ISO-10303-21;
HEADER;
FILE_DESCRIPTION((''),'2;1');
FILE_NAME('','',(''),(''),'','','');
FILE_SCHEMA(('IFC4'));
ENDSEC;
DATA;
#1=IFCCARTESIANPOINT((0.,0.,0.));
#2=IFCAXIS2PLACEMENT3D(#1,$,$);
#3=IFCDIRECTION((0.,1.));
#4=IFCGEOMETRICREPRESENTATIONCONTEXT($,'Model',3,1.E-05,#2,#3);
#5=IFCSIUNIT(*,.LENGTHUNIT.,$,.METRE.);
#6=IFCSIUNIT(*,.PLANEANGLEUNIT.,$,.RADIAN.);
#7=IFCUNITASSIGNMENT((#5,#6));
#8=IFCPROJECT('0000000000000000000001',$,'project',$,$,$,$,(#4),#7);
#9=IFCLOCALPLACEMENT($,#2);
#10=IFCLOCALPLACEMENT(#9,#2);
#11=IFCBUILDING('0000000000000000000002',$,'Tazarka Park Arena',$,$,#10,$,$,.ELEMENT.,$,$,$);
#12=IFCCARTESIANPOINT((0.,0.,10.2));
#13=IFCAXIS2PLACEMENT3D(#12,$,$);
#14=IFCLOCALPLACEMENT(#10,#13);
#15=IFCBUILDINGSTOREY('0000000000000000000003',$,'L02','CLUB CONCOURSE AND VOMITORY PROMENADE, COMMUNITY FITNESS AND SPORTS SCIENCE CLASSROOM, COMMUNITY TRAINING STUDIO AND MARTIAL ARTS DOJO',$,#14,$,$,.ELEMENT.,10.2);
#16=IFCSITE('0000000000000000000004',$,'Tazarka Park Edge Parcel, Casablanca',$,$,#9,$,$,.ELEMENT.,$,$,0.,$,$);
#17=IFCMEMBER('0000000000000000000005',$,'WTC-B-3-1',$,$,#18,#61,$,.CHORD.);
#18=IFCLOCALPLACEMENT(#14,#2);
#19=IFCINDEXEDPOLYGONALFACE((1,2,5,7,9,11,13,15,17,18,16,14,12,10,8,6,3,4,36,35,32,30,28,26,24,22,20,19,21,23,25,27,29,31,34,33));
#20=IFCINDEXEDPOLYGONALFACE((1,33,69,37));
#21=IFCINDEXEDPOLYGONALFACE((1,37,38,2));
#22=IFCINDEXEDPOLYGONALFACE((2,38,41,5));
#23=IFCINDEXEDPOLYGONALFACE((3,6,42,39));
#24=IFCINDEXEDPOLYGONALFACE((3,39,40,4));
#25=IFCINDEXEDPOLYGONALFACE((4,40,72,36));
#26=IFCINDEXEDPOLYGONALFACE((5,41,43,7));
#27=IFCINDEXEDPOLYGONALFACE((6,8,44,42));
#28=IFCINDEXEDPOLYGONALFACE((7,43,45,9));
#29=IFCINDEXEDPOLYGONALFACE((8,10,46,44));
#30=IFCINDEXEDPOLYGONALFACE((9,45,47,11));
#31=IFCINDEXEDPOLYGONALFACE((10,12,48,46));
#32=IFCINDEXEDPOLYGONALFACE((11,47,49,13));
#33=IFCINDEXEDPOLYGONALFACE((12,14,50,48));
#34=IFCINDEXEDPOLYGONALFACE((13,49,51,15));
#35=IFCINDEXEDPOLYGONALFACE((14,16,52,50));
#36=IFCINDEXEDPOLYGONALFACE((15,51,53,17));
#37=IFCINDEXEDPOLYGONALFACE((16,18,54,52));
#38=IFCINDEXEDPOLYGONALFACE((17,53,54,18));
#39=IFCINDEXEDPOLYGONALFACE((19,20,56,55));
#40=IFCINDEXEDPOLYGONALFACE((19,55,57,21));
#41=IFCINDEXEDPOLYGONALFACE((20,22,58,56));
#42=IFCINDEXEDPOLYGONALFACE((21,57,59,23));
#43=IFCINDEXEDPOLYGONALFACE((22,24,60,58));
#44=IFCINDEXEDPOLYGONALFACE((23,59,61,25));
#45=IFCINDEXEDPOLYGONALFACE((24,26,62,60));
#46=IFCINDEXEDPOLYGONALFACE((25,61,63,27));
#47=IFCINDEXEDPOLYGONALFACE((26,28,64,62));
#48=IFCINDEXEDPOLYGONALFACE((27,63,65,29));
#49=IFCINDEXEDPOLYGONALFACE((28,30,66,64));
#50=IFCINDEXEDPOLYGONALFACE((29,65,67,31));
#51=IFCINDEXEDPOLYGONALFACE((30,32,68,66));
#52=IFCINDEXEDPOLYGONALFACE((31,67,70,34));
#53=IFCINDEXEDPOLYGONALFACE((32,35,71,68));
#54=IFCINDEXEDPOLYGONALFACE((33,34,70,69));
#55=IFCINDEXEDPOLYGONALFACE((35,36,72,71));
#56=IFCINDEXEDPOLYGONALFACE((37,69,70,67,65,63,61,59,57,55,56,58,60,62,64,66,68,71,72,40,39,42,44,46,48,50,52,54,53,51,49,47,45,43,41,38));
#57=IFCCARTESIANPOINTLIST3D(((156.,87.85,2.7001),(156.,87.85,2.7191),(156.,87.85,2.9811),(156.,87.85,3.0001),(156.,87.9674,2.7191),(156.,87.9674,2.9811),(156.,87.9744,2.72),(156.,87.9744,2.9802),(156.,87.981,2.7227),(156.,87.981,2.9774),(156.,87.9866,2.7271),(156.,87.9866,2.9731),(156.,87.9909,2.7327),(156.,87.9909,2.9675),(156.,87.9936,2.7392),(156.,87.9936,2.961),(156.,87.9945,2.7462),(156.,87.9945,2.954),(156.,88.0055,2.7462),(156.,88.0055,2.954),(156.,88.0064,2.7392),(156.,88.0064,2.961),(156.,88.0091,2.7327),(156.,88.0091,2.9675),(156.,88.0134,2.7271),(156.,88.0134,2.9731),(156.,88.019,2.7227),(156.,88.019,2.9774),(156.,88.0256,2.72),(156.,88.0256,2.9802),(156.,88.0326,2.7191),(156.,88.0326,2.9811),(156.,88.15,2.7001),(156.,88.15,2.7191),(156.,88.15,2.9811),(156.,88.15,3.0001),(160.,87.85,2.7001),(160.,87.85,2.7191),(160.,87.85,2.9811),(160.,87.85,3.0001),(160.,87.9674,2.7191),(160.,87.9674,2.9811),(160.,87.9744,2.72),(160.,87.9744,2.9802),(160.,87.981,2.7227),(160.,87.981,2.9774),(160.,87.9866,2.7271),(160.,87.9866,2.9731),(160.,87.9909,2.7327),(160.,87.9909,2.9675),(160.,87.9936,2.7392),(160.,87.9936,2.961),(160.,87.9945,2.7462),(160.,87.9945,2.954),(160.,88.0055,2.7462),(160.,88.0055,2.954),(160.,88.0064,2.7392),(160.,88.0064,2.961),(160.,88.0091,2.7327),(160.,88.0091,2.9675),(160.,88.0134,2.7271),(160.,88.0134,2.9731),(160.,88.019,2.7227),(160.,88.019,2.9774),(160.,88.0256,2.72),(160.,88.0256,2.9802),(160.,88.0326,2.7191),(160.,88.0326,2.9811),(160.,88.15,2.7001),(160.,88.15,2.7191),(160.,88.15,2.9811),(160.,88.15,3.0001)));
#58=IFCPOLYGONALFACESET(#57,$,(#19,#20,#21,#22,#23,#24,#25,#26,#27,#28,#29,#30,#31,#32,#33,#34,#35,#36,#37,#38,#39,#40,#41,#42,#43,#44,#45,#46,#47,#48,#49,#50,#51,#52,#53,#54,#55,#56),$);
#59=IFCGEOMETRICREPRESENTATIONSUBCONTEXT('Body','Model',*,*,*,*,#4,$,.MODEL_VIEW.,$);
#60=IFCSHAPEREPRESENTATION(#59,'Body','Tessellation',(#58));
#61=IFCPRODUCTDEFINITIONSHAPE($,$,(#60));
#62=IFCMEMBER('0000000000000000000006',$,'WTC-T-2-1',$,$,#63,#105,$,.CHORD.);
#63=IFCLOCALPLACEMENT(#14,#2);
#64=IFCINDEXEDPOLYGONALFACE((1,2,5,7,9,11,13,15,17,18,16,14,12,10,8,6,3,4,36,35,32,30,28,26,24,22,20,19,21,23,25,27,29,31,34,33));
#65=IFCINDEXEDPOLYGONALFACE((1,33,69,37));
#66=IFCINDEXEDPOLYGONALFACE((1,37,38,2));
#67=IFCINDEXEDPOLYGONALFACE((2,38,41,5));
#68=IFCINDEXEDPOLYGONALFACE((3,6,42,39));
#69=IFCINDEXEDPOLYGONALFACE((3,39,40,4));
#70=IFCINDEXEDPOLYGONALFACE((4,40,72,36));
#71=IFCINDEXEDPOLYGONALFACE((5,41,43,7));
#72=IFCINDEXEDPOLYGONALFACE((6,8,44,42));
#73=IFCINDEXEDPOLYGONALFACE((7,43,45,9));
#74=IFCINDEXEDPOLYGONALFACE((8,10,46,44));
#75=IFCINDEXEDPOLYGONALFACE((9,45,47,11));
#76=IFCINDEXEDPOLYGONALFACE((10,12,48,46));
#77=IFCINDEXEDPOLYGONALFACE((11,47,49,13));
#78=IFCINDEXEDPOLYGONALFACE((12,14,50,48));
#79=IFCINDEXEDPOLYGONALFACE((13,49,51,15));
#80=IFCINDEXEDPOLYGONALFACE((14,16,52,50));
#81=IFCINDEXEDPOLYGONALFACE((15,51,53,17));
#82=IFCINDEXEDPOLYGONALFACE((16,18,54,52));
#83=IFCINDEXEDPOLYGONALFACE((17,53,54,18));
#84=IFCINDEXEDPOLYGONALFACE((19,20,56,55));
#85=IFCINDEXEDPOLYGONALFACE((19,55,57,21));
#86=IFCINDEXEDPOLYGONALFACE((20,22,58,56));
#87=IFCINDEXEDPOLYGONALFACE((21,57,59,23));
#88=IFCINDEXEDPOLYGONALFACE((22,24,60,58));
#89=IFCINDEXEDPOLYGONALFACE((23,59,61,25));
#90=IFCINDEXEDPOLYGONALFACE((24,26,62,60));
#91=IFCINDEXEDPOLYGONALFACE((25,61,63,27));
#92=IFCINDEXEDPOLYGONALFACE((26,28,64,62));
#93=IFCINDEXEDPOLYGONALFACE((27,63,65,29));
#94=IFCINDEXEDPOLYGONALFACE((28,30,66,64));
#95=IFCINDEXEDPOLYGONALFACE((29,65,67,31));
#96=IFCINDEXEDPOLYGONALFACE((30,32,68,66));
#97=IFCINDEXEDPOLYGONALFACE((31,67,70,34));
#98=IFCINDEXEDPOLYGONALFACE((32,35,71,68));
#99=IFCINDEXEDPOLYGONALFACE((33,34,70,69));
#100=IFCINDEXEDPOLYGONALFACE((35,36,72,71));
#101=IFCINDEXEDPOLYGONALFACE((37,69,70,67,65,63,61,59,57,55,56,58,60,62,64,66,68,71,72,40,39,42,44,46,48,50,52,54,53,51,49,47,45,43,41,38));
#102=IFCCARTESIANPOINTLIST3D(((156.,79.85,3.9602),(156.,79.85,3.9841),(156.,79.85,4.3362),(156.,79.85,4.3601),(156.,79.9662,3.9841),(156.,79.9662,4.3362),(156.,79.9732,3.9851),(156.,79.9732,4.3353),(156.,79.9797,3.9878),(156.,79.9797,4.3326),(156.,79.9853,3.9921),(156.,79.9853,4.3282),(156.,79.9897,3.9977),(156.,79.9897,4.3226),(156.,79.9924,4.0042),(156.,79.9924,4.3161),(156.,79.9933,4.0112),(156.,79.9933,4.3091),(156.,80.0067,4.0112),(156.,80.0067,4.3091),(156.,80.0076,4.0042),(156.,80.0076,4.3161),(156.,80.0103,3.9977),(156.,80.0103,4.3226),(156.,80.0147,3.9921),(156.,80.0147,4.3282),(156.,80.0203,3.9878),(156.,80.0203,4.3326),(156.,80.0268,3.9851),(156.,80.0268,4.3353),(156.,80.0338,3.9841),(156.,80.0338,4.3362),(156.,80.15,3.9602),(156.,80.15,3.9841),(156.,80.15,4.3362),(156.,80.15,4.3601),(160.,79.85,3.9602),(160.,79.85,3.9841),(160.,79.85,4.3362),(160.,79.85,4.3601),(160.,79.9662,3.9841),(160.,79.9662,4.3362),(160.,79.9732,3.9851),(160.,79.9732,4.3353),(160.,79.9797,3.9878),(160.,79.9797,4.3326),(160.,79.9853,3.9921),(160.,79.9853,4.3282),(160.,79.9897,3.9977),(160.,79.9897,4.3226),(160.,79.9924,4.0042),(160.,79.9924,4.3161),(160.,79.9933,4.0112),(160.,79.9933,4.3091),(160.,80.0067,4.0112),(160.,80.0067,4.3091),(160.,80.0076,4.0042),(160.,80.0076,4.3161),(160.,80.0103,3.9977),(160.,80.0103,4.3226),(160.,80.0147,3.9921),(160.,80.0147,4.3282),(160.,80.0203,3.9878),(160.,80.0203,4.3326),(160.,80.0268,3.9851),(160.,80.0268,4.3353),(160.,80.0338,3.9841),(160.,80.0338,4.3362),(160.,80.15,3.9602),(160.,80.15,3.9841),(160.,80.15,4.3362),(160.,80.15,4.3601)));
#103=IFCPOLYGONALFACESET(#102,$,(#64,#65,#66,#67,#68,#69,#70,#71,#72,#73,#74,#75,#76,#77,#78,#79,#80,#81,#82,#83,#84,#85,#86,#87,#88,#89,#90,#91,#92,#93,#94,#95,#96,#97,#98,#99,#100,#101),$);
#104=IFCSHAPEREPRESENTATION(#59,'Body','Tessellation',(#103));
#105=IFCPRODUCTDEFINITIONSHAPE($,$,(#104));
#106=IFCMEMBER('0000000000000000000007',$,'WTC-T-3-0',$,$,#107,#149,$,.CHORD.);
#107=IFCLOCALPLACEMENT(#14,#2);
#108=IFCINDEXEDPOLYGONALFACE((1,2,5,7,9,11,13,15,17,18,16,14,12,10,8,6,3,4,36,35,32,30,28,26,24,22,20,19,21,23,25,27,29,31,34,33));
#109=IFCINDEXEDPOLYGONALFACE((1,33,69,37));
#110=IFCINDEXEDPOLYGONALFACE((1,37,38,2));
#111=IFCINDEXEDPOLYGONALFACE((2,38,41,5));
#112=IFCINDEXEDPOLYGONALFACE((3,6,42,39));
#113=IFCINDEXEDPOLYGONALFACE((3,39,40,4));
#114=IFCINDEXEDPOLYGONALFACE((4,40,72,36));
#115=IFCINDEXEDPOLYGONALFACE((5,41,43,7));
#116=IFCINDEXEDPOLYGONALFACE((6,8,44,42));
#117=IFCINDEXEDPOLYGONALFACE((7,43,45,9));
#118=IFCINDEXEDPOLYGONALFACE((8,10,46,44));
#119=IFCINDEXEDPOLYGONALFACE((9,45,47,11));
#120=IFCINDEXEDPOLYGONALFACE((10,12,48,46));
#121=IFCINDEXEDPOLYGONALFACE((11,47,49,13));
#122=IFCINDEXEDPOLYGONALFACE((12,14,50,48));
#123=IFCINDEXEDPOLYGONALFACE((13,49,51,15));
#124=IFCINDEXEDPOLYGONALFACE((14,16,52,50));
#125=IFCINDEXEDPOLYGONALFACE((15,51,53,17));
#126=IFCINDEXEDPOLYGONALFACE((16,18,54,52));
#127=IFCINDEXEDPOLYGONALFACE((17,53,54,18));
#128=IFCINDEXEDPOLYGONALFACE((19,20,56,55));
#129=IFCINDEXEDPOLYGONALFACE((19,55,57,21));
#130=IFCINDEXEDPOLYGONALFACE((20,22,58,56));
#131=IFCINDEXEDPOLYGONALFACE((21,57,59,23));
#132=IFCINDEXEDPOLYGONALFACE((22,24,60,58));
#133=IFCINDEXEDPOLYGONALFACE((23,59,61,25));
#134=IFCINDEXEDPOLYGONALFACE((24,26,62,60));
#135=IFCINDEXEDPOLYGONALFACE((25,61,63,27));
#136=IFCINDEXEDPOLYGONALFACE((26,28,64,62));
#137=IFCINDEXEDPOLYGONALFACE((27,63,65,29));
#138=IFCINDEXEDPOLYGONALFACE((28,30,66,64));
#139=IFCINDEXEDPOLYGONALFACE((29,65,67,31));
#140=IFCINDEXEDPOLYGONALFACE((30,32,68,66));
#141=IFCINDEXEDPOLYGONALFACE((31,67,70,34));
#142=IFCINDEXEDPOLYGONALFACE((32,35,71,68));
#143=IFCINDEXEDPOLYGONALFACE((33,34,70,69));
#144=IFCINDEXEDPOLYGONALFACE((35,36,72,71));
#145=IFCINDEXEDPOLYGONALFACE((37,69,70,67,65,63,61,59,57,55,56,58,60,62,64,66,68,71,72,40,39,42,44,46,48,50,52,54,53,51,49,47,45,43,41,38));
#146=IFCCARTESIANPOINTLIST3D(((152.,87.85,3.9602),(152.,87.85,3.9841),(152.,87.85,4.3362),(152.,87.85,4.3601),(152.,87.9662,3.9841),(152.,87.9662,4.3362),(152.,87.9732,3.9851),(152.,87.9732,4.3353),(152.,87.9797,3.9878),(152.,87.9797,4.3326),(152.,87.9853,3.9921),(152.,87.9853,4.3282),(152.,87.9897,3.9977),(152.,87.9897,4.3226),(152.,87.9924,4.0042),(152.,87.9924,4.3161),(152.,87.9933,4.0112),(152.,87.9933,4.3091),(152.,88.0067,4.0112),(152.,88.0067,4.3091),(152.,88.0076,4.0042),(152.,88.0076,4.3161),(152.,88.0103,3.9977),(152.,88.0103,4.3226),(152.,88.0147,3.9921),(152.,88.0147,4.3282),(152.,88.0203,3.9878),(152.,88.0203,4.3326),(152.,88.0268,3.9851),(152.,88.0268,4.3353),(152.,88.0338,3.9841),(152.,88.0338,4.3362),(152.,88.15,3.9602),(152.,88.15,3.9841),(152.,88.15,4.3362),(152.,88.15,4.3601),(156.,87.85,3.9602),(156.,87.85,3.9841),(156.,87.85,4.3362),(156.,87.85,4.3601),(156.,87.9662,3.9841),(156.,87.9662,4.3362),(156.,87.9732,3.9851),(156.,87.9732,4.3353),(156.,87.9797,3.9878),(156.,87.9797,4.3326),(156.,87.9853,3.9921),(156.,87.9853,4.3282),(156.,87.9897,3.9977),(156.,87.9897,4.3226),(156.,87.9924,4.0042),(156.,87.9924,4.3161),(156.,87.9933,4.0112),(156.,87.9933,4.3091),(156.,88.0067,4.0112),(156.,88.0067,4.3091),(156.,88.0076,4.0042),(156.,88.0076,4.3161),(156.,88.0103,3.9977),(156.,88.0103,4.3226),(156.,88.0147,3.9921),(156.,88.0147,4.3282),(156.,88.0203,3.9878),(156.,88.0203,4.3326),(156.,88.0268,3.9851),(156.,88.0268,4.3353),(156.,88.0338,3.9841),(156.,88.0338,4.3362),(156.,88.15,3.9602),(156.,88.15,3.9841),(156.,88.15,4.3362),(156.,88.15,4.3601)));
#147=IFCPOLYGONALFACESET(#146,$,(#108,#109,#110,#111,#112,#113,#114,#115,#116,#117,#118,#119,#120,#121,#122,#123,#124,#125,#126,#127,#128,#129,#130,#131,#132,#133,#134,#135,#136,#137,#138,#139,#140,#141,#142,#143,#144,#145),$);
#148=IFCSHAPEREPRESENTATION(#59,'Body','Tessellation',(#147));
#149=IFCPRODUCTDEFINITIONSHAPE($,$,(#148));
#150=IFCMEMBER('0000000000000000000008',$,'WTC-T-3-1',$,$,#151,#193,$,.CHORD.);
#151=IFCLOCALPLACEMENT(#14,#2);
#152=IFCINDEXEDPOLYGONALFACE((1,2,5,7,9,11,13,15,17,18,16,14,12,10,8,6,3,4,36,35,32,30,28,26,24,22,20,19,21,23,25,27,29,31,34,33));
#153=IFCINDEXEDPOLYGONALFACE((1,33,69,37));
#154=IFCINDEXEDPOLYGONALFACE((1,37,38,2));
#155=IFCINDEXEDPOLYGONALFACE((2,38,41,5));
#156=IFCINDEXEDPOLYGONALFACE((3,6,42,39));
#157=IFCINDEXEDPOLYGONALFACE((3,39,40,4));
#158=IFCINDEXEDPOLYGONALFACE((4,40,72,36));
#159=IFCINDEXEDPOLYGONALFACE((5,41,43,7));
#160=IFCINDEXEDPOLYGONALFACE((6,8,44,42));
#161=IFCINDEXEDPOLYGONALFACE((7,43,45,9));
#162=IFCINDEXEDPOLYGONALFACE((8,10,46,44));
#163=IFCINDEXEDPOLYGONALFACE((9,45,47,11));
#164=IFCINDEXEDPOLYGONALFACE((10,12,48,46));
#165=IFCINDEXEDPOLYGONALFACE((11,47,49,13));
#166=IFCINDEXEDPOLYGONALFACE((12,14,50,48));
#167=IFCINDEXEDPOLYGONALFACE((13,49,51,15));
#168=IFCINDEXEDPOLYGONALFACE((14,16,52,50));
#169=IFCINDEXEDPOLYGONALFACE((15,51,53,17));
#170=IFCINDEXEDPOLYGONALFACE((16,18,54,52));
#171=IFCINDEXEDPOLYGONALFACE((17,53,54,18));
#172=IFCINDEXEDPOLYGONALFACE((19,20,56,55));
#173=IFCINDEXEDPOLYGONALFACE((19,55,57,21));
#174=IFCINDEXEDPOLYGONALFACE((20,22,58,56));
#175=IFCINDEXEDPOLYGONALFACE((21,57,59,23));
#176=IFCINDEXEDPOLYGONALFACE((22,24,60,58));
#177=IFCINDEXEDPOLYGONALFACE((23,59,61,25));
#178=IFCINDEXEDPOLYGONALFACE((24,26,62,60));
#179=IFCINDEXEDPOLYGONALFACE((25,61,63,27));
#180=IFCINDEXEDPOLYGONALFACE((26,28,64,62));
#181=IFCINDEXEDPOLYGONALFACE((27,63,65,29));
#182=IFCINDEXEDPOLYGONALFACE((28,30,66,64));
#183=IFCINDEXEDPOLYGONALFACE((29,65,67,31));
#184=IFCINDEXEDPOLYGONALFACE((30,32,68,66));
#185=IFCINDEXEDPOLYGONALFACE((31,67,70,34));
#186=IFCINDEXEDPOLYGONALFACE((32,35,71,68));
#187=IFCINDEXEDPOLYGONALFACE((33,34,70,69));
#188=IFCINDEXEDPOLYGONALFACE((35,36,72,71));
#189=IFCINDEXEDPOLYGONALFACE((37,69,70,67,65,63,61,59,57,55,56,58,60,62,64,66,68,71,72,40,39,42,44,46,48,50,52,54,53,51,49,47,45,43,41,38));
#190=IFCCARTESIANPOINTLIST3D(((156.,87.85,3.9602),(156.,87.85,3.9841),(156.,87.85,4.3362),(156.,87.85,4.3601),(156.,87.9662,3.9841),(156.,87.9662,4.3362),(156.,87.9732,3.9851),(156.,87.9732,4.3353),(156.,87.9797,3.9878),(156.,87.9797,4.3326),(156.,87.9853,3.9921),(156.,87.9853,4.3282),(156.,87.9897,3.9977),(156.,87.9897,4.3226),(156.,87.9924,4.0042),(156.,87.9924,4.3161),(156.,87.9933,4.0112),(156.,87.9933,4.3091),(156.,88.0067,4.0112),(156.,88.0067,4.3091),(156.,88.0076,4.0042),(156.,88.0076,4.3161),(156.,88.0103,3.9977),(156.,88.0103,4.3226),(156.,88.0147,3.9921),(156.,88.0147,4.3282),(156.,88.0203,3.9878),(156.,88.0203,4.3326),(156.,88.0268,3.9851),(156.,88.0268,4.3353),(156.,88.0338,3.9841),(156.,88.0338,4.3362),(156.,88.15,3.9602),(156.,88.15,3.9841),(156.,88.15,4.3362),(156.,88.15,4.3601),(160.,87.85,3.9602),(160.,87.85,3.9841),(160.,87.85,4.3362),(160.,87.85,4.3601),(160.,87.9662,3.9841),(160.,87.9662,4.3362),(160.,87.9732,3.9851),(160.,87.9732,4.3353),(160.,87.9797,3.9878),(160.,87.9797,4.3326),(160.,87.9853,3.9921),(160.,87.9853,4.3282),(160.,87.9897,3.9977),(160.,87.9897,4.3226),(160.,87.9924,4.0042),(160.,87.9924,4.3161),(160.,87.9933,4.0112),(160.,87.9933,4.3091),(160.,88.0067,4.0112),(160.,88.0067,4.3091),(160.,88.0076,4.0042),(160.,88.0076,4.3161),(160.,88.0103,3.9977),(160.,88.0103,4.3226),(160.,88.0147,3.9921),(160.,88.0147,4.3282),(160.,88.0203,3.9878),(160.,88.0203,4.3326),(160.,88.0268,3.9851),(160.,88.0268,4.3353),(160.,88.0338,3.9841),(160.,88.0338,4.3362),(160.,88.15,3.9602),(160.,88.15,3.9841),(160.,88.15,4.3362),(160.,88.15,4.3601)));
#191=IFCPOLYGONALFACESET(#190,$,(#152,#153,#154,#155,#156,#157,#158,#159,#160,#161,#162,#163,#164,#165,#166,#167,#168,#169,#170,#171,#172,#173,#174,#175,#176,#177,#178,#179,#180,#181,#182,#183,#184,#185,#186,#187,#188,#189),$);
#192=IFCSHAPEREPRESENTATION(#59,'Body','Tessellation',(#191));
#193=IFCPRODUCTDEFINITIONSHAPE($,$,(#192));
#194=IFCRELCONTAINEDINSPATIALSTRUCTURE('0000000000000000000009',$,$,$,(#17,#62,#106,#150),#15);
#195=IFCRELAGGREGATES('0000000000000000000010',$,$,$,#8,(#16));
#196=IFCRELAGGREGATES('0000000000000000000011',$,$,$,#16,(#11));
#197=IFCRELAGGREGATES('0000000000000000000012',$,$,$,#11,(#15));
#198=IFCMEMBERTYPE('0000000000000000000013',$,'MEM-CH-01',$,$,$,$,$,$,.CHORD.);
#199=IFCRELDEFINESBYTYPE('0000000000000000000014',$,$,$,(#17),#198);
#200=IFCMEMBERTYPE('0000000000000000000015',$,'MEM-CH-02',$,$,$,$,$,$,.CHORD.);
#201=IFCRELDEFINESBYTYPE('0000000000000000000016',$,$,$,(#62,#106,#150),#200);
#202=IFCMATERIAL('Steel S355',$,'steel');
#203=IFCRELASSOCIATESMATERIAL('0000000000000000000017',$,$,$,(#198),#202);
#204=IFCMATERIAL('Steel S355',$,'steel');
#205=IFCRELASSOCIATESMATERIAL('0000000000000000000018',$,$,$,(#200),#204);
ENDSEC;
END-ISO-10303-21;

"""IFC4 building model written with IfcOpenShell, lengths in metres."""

from ifc_helpers import new_model, si_unit, direction, frame, origin, origin_2d, place, context, subcontext, project, spatial, i_section, extrude, material, material_profile, profile_set, type_object, element, save


model = new_model("IFC4")

# Units and contexts
model_context = context("Model", 3, precision=1e-05, world=origin(), true_north=direction((0.0, 1.0)))
body_context = subcontext(model_context, "Body", "Model", "MODEL_VIEW")
ifc_project = project(units=[si_unit("LENGTHUNIT", "METRE"), si_unit("PLANEANGLEUNIT", "RADIAN")], contexts=[model_context])

# Site, building, storey
site_placement = place(None, origin())
site = spatial("IfcSite", under=ifc_project, at=site_placement, Name="Tazarka Park Edge Parcel, Casablanca", CompositionType="ELEMENT", RefElevation=0.0)
building_placement = place(site_placement, origin())
building = spatial("IfcBuilding", under=site, at=building_placement, Name="Tazarka Park Arena", CompositionType="ELEMENT")
storey_placement = place(building_placement, frame((0.0, 0.0, 10.2)))
storey = spatial("IfcBuildingStorey", under=building, at=storey_placement, Name="L02", Description="CLUB CONCOURSE AND VOMITORY PROMENADE, COMMUNITY FITNESS AND SPORTS SCIENCE CLASSROOM, COMMUNITY TRAINING STUDIO AND MARTIAL ARTS DOJO", CompositionType="ELEMENT", Elevation=10.2)

# Members
ifc_material_1 = material(Name="Steel S355", Category="steel")
ifc_material_profile_1 = material_profile(ifc_material_1, i_section(OverallWidth=0.3, OverallDepth=0.3, WebThickness=0.011, FlangeThickness=0.019, FilletRadius=0.0271, at=origin_2d()), Name="Steel S355")
ifc_profile_set_1 = profile_set([ifc_material_profile_1], Name="Steel S355")
member_type_1 = type_object("IfcMemberType", Name="MEM-CH-01", PredefinedType="CHORD", material=ifc_profile_set_1)
for number, where, z_axis, x_axis, name in (
    (1, (156.0, 88.0, 2.8501), (1.0, 0.0, 0.0), (0.0, 1.0, 0.0), "WTC-B-3-1"),
):
    element("IfcMember", number, at=place(storey_placement, frame(where, z_axis=z_axis, x_axis=x_axis)), inside=storey, type_object=member_type_1, Name=name, PredefinedType="CHORD", context=body_context, shape_type="SweptSolid", body=[
        extrude(i_section(OverallWidth=0.3, OverallDepth=0.3, WebThickness=0.011, FlangeThickness=0.019, FilletRadius=0.0271, at=origin_2d()), origin(), (0.0, 0.0, 1.0), 4.0),
    ])
ifc_material_2 = material(Name="Steel S355", Category="steel")
ifc_material_profile_2 = material_profile(ifc_material_2, i_section(OverallWidth=0.3, OverallDepth=0.3999, WebThickness=0.0134, FlangeThickness=0.0239, FilletRadius=0.0271, at=origin_2d()), Name="Steel S355")
ifc_profile_set_2 = profile_set([ifc_material_profile_2], Name="Steel S355")
member_type_2 = type_object("IfcMemberType", Name="MEM-CH-02", PredefinedType="CHORD", material=ifc_profile_set_2)
for number, where, z_axis, x_axis, name in (
    (2, (156.0, 80.0, 4.1602), (1.0, 0.0, 0.0), (0.0, 1.0, 0.0), "WTC-T-2-1"),
    (3, (152.0, 88.0, 4.1602), (1.0, 0.0, 0.0), (0.0, 1.0, 0.0), "WTC-T-3-0"),
    (4, (156.0, 88.0, 4.1602), (1.0, 0.0, 0.0), (0.0, 1.0, 0.0), "WTC-T-3-1"),
):
    element("IfcMember", number, at=place(storey_placement, frame(where, z_axis=z_axis, x_axis=x_axis)), inside=storey, type_object=member_type_2, Name=name, PredefinedType="CHORD", context=body_context, shape_type="SweptSolid", body=[
        extrude(i_section(OverallWidth=0.3, OverallDepth=0.3999, WebThickness=0.0134, FlangeThickness=0.0239, FilletRadius=0.0271, at=origin_2d()), origin(), (0.0, 0.0, 1.0), 4.0),
    ])

save(model, "model.ifc")
